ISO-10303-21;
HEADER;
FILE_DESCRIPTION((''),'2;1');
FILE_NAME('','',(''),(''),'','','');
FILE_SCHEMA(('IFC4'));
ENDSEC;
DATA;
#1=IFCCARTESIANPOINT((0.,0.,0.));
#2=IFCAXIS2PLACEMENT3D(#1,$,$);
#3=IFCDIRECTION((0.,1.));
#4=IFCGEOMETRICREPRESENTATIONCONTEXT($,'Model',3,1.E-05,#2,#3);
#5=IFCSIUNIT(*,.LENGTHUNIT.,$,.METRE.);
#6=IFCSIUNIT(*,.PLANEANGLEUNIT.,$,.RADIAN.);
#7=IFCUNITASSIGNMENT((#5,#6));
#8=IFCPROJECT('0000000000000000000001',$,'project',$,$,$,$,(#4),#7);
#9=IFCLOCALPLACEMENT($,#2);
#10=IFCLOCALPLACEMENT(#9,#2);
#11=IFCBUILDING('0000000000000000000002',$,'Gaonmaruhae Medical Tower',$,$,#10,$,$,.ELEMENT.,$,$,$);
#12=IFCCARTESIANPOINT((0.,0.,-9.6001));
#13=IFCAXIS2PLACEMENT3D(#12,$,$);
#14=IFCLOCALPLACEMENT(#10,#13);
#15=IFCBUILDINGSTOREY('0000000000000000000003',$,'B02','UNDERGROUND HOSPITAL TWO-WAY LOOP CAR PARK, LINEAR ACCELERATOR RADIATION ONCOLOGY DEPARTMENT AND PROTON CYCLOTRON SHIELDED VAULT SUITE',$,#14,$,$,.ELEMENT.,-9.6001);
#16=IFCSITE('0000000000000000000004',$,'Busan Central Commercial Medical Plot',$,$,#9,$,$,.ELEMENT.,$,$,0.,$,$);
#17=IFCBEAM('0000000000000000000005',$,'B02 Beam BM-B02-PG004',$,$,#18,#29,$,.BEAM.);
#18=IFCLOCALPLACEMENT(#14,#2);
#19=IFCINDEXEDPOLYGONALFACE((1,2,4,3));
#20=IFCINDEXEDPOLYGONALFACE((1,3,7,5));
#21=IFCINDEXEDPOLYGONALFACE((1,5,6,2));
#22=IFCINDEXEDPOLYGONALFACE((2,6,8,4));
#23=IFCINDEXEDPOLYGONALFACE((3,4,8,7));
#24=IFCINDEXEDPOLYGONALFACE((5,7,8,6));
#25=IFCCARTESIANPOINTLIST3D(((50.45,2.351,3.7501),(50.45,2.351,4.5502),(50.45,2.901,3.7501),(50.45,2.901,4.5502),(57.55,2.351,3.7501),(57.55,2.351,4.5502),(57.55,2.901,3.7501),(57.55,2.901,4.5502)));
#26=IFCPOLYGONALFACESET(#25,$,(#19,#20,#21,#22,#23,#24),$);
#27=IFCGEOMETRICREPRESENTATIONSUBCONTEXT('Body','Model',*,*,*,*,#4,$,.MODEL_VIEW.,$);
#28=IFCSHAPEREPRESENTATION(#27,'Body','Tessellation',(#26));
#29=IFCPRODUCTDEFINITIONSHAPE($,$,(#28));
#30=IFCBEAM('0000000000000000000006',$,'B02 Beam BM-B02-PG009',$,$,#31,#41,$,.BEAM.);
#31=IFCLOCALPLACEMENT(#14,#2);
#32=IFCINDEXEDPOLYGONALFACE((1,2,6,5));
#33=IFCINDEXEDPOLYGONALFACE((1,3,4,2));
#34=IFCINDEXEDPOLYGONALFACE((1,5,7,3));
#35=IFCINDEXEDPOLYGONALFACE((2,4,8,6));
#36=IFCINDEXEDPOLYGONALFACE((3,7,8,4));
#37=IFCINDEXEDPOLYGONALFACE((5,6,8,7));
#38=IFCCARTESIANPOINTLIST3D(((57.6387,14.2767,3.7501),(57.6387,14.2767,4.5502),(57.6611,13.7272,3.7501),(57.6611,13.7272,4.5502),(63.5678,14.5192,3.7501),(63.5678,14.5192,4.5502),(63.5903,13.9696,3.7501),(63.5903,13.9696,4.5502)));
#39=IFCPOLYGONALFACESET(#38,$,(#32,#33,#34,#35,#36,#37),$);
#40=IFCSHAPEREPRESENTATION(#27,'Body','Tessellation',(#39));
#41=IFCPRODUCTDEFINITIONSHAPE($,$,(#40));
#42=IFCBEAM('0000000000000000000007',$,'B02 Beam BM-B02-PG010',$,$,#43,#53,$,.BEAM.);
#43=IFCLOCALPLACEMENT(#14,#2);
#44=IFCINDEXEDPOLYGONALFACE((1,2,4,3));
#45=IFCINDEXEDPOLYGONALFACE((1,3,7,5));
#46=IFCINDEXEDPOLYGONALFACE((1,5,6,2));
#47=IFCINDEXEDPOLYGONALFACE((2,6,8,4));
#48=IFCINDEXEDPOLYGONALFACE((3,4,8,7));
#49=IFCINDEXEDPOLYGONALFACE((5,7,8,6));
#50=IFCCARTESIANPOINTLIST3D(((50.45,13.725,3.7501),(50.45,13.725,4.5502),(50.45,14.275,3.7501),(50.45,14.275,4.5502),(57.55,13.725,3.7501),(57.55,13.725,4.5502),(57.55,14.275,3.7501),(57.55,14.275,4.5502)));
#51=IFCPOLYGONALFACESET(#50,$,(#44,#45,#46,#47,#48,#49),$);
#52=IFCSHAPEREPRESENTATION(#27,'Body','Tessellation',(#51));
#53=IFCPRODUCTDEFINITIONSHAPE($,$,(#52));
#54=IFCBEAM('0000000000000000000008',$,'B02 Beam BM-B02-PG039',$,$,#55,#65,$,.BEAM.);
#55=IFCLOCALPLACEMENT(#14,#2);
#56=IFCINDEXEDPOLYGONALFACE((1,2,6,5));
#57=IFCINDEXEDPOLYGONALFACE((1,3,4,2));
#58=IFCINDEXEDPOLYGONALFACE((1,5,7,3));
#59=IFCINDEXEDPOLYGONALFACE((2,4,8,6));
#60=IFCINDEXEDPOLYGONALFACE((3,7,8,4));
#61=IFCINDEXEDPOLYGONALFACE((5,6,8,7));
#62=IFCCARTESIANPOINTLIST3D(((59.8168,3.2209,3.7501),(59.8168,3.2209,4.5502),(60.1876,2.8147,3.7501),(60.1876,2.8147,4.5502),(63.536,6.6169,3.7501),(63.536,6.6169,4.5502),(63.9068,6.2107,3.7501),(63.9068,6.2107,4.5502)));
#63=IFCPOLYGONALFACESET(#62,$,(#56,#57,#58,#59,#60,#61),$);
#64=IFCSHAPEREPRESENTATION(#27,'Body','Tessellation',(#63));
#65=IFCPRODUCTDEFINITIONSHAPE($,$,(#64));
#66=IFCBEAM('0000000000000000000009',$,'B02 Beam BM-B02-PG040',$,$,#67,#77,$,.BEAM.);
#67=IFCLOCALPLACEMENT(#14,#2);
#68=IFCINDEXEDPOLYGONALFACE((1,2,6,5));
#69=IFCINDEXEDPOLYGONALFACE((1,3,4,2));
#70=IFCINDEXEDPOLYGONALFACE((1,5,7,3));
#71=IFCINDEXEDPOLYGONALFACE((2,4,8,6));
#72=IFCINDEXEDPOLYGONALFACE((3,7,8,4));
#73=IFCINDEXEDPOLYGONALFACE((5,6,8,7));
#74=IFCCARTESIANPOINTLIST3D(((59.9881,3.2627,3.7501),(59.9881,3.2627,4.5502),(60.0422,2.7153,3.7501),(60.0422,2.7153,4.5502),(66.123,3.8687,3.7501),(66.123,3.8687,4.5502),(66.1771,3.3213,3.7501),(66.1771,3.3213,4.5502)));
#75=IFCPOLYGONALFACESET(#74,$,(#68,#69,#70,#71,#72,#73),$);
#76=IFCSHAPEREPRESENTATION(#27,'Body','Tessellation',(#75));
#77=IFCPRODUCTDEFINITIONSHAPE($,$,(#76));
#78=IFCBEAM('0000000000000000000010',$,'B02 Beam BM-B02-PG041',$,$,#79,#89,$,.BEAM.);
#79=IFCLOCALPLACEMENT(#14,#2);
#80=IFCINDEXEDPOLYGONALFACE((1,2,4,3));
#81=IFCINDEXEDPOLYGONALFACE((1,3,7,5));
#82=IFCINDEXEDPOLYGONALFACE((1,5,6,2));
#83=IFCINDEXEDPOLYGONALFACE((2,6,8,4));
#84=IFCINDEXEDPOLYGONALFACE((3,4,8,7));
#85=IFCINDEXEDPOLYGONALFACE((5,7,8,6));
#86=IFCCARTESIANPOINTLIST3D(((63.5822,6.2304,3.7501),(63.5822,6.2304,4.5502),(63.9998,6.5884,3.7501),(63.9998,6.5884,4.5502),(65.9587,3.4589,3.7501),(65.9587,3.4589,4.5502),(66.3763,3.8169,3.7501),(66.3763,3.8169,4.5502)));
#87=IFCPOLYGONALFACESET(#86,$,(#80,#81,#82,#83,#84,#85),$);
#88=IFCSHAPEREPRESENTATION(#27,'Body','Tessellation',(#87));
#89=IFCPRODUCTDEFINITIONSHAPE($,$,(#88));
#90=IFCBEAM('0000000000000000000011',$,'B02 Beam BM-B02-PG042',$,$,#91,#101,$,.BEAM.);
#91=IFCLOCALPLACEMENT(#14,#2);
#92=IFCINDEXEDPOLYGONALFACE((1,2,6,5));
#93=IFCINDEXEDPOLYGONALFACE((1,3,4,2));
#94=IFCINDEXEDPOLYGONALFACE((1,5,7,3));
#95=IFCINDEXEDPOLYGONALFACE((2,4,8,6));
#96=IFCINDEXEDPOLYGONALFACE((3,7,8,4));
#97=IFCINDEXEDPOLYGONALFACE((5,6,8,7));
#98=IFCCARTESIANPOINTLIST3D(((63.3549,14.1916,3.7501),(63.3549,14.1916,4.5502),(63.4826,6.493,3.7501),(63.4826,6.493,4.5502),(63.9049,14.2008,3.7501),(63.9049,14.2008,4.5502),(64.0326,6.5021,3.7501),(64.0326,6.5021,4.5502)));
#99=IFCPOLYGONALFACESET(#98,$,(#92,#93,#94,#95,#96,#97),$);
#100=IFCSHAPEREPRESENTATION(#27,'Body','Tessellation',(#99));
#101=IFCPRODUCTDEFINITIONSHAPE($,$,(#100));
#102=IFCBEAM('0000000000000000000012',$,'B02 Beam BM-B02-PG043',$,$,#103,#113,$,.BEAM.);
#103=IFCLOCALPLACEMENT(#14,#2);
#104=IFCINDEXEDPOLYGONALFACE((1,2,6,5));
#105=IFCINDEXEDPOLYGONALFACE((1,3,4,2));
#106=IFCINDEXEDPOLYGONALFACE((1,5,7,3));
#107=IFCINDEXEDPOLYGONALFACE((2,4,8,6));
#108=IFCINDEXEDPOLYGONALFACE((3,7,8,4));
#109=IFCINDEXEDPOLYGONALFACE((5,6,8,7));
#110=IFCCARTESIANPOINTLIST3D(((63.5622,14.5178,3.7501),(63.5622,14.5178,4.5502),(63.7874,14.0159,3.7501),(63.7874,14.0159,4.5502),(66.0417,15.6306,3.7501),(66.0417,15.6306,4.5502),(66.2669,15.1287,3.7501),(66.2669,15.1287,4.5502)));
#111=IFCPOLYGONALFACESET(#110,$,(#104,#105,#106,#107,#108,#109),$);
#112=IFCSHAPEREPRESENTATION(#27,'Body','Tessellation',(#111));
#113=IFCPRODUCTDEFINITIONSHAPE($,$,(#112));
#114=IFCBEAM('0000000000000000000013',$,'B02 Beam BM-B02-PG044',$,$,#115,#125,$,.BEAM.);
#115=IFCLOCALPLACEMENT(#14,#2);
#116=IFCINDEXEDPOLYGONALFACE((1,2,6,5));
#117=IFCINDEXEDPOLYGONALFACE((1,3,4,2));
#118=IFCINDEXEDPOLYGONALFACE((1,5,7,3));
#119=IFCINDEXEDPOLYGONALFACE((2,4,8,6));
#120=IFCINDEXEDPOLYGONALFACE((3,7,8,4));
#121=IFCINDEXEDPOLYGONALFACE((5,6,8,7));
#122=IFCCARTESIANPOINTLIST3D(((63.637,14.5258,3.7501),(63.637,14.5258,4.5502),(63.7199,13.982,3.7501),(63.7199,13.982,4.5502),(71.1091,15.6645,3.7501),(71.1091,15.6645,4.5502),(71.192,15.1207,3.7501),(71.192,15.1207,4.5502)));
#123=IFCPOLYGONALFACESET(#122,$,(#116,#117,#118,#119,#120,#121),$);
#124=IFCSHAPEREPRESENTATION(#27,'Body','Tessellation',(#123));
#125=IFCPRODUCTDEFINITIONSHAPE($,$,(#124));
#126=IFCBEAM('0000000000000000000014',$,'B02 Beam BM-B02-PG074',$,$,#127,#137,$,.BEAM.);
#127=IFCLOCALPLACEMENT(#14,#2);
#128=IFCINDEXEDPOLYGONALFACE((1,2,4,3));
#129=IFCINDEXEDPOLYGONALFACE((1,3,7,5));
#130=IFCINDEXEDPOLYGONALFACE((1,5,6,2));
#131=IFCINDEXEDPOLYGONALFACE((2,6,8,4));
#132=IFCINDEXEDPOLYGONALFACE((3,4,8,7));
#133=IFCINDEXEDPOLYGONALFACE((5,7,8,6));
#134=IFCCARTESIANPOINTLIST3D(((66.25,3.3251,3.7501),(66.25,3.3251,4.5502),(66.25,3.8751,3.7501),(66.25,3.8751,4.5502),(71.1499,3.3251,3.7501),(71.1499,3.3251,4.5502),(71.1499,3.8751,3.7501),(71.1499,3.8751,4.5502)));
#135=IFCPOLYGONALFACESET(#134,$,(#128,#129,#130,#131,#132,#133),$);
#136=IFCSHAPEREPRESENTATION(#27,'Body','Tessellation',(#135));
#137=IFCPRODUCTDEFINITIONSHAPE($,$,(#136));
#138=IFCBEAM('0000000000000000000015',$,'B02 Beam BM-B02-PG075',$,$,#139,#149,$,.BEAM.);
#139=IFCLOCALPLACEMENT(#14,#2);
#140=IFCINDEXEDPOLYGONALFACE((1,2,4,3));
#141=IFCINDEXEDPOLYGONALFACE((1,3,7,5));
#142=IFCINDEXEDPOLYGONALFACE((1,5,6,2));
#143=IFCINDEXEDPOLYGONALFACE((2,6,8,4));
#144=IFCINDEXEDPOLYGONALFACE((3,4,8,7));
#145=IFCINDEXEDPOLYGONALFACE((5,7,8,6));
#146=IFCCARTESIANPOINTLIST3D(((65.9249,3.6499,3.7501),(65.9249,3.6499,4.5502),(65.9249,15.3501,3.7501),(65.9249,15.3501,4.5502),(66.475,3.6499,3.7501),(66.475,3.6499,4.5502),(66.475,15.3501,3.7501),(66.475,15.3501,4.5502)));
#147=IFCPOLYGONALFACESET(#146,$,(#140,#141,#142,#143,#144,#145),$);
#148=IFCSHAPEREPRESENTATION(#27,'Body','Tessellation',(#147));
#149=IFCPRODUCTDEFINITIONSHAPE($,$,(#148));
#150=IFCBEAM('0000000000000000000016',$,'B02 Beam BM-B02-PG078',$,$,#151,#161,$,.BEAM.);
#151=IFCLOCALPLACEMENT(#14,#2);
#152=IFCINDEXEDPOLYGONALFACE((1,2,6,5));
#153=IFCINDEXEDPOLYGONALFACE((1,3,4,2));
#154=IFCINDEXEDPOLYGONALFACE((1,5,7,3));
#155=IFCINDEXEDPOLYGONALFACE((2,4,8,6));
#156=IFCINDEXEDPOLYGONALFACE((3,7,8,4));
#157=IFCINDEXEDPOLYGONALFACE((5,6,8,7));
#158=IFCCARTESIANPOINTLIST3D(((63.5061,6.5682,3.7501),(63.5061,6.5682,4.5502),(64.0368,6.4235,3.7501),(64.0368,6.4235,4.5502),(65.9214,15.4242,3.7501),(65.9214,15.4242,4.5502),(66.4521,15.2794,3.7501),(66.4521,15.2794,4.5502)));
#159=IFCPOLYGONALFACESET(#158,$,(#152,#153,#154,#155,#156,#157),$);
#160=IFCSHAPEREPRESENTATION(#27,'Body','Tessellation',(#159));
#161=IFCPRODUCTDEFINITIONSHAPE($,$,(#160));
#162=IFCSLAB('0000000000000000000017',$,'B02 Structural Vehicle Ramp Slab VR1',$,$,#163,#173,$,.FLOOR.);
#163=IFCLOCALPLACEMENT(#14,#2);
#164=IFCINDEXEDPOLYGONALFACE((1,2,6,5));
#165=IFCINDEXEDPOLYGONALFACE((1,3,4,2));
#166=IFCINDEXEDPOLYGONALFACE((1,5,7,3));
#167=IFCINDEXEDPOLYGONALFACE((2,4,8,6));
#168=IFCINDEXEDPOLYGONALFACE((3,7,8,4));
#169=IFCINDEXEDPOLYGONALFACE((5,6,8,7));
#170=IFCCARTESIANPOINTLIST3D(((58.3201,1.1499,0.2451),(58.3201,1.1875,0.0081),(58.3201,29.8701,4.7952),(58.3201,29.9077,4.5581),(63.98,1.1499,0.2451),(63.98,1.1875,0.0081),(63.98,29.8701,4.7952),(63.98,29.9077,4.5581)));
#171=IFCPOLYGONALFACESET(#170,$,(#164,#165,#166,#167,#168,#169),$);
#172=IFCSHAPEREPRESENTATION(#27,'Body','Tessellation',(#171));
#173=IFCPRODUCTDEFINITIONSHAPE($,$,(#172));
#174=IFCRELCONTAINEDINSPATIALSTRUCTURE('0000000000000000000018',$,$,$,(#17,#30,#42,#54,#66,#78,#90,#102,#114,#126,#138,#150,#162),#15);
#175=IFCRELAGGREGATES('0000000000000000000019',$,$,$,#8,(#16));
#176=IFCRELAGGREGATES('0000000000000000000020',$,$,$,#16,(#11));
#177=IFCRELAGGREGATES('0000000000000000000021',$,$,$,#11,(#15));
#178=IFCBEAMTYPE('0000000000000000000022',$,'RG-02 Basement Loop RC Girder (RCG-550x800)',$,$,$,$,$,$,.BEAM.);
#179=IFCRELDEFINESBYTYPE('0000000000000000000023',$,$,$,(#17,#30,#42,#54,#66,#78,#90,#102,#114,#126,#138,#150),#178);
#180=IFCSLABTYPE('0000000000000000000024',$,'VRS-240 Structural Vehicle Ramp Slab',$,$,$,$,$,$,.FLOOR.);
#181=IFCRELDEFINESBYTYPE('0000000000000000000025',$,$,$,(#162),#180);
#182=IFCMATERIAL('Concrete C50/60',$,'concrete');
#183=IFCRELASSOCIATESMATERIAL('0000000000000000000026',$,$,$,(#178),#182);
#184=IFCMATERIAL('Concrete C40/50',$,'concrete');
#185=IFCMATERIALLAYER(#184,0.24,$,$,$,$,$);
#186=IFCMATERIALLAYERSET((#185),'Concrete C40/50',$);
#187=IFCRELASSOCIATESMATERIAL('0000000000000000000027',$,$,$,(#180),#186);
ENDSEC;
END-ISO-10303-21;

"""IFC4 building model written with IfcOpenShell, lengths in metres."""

from ifc_helpers import new_model, si_unit, direction, frame, origin, origin_2d, place, context, subcontext, project, spatial, polyline, rectangle, outline, extrude, material, layer, layer_set, material_profile, profile_set, type_object, element, save


model = new_model("IFC4")

# Units and contexts
model_context = context("Model", 3, precision=1e-05, world=origin(), true_north=direction((0.0, 1.0)))
body_context = subcontext(model_context, "Body", "Model", "MODEL_VIEW")
ifc_project = project(units=[si_unit("LENGTHUNIT", "METRE"), si_unit("PLANEANGLEUNIT", "RADIAN")], contexts=[model_context])

# Site, building, storey
site_placement = place(None, origin())
site = spatial("IfcSite", under=ifc_project, at=site_placement, Name="Busan Central Commercial Medical Plot", CompositionType="ELEMENT", RefElevation=0.0)
building_placement = place(site_placement, origin())
building = spatial("IfcBuilding", under=site, at=building_placement, Name="Gaonmaruhae Medical Tower", CompositionType="ELEMENT")
storey_placement = place(building_placement, frame((0.0, 0.0, -9.6001)))
storey = spatial("IfcBuildingStorey", under=building, at=storey_placement, Name="B02", Description="UNDERGROUND HOSPITAL TWO-WAY LOOP CAR PARK, LINEAR ACCELERATOR RADIATION ONCOLOGY DEPARTMENT AND PROTON CYCLOTRON SHIELDED VAULT SUITE", CompositionType="ELEMENT", Elevation=-9.6001)

# Shared definitions
ifc_material_1 = material(Name="Concrete C50/60", Category="concrete")

# Shared definitions
ifc_material_2 = material(Name="Concrete C40/50", Category="concrete")

# Beams
ifc_material_profile_1 = material_profile(ifc_material_1, rectangle(XDim=0.55, YDim=0.8, at=origin_2d()), Name="RCG-550x800")
ifc_profile_set_1 = profile_set([ifc_material_profile_1], Name="Concrete C50/60")
beam_type = type_object("IfcBeamType", Name="RG-02 Basement Loop RC Girder (RCG-550x800)", PredefinedType="BEAM", material=ifc_profile_set_1)
beam_1_placement = place(storey_placement, frame((57.55, 2.626, 4.1501), z_axis=(-1.0, 0.0, 0.0), x_axis=(0.0, -1.0, 0.0)))
element("IfcBeam", 1, at=beam_1_placement, inside=storey, type_object=beam_type, Name="B02 Beam BM-B02-PG004", PredefinedType="BEAM", context=body_context, shape_type="SweptSolid", body=[
    extrude(rectangle(XDim=0.55, YDim=0.8, at=origin_2d()), origin(), (0.0, 0.0, 1.0), 7.1001),
])
beam_2_placement = place(storey_placement, frame((57.6499, 14.002, 4.1501), z_axis=(0.999165, 0.040854, 0.0), x_axis=(-0.040854, 0.999165, 0.0)))
element("IfcBeam", 2, at=beam_2_placement, inside=storey, type_object=beam_type, Name="B02 Beam BM-B02-PG009", PredefinedType="BEAM", context=body_context, shape_type="SweptSolid", body=[
    extrude(rectangle(XDim=0.55, YDim=0.8, at=origin_2d()), origin(), (0.0, 0.0, 1.0), 5.9341),
])
beam_3_placement = place(storey_placement, frame((57.55, 14.0, 4.1501), z_axis=(-1.0, 0.0, 0.0), x_axis=(0.0, -1.0, 0.0)))
element("IfcBeam", 3, at=beam_3_placement, inside=storey, type_object=beam_type, Name="B02 Beam BM-B02-PG010", PredefinedType="BEAM", context=body_context, shape_type="SweptSolid", body=[
    extrude(rectangle(XDim=0.55, YDim=0.8, at=origin_2d()), origin(), (0.0, 0.0, 1.0), 7.1001),
])
beam_4_placement = place(storey_placement, frame((60.0022, 3.0178, 4.1501), z_axis=(0.738469, 0.674288, 0.0), x_axis=(-0.674288, 0.738469, 0.0)))
element("IfcBeam", 4, at=beam_4_placement, inside=storey, type_object=beam_type, Name="B02 Beam BM-B02-PG039", PredefinedType="BEAM", context=body_context, shape_type="SweptSolid", body=[
    extrude(rectangle(XDim=0.55, YDim=0.8, at=origin_2d()), origin(), (0.0, 0.0, 1.0), 5.0364),
])
beam_5_placement = place(storey_placement, frame((60.0151, 2.989, 4.1501), z_axis=(0.995158, 0.098292, 0.0), x_axis=(-0.098292, 0.995158, 0.0)))
element("IfcBeam", 5, at=beam_5_placement, inside=storey, type_object=beam_type, Name="B02 Beam BM-B02-PG040", PredefinedType="BEAM", context=body_context, shape_type="SweptSolid", body=[
    extrude(rectangle(XDim=0.55, YDim=0.8, at=origin_2d()), origin(), (0.0, 0.0, 1.0), 6.1648),
])
beam_6_placement = place(storey_placement, frame((63.791, 6.4094, 4.1501), z_axis=(0.650935, -0.759134, 0.0), x_axis=(0.759134, 0.650935, 0.0)))
element("IfcBeam", 6, at=beam_6_placement, inside=storey, type_object=beam_type, Name="B02 Beam BM-B02-PG041", PredefinedType="BEAM", context=body_context, shape_type="SweptSolid", body=[
    extrude(rectangle(XDim=0.55, YDim=0.8, at=origin_2d()), origin(), (0.0, 0.0, 1.0), 3.6509),
])
beam_7_placement = place(storey_placement, frame((63.7576, 6.4976, 4.1501), z_axis=(-0.016583, 0.999862, 0.0), x_axis=(-0.999862, -0.016583, 0.0)))
element("IfcBeam", 7, at=beam_7_placement, inside=storey, type_object=beam_type, Name="B02 Beam BM-B02-PG042", PredefinedType="BEAM", context=body_context, shape_type="SweptSolid", body=[
    extrude(rectangle(XDim=0.55, YDim=0.8, at=origin_2d()), origin(), (0.0, 0.0, 1.0), 7.6997),
])
beam_8_placement = place(storey_placement, frame((63.6748, 14.2668, 4.1501), z_axis=(0.912331, 0.409453, 0.0), x_axis=(-0.409453, 0.912331, 0.0)))
element("IfcBeam", 8, at=beam_8_placement, inside=storey, type_object=beam_type, Name="B02 Beam BM-B02-PG043", PredefinedType="BEAM", context=body_context, shape_type="SweptSolid", body=[
    extrude(rectangle(XDim=0.55, YDim=0.8, at=origin_2d()), origin(), (0.0, 0.0, 1.0), 2.7178),
])
beam_9_placement = place(storey_placement, frame((63.6785, 14.2539, 4.1501), z_axis=(0.988587, 0.150649, 0.0), x_axis=(-0.150649, 0.988587, 0.0)))
element("IfcBeam", 9, at=beam_9_placement, inside=storey, type_object=beam_type, Name="B02 Beam BM-B02-PG044", PredefinedType="BEAM", context=body_context, shape_type="SweptSolid", body=[
    extrude(rectangle(XDim=0.55, YDim=0.8, at=origin_2d()), origin(), (0.0, 0.0, 1.0), 7.5583),
])
beam_10_placement = place(storey_placement, frame((66.25, 3.6001, 4.1501), z_axis=(1.0, 0.0, 0.0), x_axis=(0.0, 1.0, 0.0)))
element("IfcBeam", 10, at=beam_10_placement, inside=storey, type_object=beam_type, Name="B02 Beam BM-B02-PG074", PredefinedType="BEAM", context=body_context, shape_type="SweptSolid", body=[
    extrude(rectangle(XDim=0.55, YDim=0.8, at=origin_2d()), origin(), (0.0, 0.0, 1.0), 4.8999),
])
beam_11_placement = place(storey_placement, frame((66.2, 3.6499, 4.1501), z_axis=(0.0, 1.0, 0.0), x_axis=(-1.0, 0.0, 0.0)))
element("IfcBeam", 11, at=beam_11_placement, inside=storey, type_object=beam_type, Name="B02 Beam BM-B02-PG075", PredefinedType="BEAM", context=body_context, shape_type="SweptSolid", body=[
    extrude(rectangle(XDim=0.55, YDim=0.8, at=origin_2d()), origin(), (0.0, 0.0, 1.0), 11.7002),
])
beam_12_placement = place(storey_placement, frame((66.1868, 15.3518, 4.1501), z_axis=(-0.26312, -0.964763, 0.0), x_axis=(0.964763, -0.26312, 0.0)))
element("IfcBeam", 12, at=beam_12_placement, inside=storey, type_object=beam_type, Name="B02 Beam BM-B02-PG078", PredefinedType="BEAM", context=body_context, shape_type="SweptSolid", body=[
    extrude(rectangle(XDim=0.55, YDim=0.8, at=origin_2d()), origin(), (0.0, 0.0, 1.0), 9.1794),
])

# Slab
ifc_layer_1 = layer(ifc_material_2, 0.24)
ifc_layer_set_1 = layer_set([ifc_layer_1], Name="Concrete C40/50")
slab_type = type_object("IfcSlabType", Name="VRS-240 Structural Vehicle Ramp Slab", PredefinedType="FLOOR", material=ifc_layer_set_1)
slab_placement = place(storey_placement, frame((58.3201, 1.1499, 0.2451), z_axis=(0.0, -0.156475, 0.987682), x_axis=(1.0, 0.0, 0.0)))
element("IfcSlab", 13, at=slab_placement, inside=storey, type_object=slab_type, Name="B02 Structural Vehicle Ramp Slab VR1", PredefinedType="FLOOR", context=body_context, shape_type="SweptSolid", body=[
    extrude(outline(polyline([(0.0, 0.0), (5.6599, 0.0), (5.6599, 29.0784), (0.0, 29.0784), (0.0, 0.0)])), origin(), (0.0, 0.0, -1.0), 0.24),
])

save(model, "model.ifc")
